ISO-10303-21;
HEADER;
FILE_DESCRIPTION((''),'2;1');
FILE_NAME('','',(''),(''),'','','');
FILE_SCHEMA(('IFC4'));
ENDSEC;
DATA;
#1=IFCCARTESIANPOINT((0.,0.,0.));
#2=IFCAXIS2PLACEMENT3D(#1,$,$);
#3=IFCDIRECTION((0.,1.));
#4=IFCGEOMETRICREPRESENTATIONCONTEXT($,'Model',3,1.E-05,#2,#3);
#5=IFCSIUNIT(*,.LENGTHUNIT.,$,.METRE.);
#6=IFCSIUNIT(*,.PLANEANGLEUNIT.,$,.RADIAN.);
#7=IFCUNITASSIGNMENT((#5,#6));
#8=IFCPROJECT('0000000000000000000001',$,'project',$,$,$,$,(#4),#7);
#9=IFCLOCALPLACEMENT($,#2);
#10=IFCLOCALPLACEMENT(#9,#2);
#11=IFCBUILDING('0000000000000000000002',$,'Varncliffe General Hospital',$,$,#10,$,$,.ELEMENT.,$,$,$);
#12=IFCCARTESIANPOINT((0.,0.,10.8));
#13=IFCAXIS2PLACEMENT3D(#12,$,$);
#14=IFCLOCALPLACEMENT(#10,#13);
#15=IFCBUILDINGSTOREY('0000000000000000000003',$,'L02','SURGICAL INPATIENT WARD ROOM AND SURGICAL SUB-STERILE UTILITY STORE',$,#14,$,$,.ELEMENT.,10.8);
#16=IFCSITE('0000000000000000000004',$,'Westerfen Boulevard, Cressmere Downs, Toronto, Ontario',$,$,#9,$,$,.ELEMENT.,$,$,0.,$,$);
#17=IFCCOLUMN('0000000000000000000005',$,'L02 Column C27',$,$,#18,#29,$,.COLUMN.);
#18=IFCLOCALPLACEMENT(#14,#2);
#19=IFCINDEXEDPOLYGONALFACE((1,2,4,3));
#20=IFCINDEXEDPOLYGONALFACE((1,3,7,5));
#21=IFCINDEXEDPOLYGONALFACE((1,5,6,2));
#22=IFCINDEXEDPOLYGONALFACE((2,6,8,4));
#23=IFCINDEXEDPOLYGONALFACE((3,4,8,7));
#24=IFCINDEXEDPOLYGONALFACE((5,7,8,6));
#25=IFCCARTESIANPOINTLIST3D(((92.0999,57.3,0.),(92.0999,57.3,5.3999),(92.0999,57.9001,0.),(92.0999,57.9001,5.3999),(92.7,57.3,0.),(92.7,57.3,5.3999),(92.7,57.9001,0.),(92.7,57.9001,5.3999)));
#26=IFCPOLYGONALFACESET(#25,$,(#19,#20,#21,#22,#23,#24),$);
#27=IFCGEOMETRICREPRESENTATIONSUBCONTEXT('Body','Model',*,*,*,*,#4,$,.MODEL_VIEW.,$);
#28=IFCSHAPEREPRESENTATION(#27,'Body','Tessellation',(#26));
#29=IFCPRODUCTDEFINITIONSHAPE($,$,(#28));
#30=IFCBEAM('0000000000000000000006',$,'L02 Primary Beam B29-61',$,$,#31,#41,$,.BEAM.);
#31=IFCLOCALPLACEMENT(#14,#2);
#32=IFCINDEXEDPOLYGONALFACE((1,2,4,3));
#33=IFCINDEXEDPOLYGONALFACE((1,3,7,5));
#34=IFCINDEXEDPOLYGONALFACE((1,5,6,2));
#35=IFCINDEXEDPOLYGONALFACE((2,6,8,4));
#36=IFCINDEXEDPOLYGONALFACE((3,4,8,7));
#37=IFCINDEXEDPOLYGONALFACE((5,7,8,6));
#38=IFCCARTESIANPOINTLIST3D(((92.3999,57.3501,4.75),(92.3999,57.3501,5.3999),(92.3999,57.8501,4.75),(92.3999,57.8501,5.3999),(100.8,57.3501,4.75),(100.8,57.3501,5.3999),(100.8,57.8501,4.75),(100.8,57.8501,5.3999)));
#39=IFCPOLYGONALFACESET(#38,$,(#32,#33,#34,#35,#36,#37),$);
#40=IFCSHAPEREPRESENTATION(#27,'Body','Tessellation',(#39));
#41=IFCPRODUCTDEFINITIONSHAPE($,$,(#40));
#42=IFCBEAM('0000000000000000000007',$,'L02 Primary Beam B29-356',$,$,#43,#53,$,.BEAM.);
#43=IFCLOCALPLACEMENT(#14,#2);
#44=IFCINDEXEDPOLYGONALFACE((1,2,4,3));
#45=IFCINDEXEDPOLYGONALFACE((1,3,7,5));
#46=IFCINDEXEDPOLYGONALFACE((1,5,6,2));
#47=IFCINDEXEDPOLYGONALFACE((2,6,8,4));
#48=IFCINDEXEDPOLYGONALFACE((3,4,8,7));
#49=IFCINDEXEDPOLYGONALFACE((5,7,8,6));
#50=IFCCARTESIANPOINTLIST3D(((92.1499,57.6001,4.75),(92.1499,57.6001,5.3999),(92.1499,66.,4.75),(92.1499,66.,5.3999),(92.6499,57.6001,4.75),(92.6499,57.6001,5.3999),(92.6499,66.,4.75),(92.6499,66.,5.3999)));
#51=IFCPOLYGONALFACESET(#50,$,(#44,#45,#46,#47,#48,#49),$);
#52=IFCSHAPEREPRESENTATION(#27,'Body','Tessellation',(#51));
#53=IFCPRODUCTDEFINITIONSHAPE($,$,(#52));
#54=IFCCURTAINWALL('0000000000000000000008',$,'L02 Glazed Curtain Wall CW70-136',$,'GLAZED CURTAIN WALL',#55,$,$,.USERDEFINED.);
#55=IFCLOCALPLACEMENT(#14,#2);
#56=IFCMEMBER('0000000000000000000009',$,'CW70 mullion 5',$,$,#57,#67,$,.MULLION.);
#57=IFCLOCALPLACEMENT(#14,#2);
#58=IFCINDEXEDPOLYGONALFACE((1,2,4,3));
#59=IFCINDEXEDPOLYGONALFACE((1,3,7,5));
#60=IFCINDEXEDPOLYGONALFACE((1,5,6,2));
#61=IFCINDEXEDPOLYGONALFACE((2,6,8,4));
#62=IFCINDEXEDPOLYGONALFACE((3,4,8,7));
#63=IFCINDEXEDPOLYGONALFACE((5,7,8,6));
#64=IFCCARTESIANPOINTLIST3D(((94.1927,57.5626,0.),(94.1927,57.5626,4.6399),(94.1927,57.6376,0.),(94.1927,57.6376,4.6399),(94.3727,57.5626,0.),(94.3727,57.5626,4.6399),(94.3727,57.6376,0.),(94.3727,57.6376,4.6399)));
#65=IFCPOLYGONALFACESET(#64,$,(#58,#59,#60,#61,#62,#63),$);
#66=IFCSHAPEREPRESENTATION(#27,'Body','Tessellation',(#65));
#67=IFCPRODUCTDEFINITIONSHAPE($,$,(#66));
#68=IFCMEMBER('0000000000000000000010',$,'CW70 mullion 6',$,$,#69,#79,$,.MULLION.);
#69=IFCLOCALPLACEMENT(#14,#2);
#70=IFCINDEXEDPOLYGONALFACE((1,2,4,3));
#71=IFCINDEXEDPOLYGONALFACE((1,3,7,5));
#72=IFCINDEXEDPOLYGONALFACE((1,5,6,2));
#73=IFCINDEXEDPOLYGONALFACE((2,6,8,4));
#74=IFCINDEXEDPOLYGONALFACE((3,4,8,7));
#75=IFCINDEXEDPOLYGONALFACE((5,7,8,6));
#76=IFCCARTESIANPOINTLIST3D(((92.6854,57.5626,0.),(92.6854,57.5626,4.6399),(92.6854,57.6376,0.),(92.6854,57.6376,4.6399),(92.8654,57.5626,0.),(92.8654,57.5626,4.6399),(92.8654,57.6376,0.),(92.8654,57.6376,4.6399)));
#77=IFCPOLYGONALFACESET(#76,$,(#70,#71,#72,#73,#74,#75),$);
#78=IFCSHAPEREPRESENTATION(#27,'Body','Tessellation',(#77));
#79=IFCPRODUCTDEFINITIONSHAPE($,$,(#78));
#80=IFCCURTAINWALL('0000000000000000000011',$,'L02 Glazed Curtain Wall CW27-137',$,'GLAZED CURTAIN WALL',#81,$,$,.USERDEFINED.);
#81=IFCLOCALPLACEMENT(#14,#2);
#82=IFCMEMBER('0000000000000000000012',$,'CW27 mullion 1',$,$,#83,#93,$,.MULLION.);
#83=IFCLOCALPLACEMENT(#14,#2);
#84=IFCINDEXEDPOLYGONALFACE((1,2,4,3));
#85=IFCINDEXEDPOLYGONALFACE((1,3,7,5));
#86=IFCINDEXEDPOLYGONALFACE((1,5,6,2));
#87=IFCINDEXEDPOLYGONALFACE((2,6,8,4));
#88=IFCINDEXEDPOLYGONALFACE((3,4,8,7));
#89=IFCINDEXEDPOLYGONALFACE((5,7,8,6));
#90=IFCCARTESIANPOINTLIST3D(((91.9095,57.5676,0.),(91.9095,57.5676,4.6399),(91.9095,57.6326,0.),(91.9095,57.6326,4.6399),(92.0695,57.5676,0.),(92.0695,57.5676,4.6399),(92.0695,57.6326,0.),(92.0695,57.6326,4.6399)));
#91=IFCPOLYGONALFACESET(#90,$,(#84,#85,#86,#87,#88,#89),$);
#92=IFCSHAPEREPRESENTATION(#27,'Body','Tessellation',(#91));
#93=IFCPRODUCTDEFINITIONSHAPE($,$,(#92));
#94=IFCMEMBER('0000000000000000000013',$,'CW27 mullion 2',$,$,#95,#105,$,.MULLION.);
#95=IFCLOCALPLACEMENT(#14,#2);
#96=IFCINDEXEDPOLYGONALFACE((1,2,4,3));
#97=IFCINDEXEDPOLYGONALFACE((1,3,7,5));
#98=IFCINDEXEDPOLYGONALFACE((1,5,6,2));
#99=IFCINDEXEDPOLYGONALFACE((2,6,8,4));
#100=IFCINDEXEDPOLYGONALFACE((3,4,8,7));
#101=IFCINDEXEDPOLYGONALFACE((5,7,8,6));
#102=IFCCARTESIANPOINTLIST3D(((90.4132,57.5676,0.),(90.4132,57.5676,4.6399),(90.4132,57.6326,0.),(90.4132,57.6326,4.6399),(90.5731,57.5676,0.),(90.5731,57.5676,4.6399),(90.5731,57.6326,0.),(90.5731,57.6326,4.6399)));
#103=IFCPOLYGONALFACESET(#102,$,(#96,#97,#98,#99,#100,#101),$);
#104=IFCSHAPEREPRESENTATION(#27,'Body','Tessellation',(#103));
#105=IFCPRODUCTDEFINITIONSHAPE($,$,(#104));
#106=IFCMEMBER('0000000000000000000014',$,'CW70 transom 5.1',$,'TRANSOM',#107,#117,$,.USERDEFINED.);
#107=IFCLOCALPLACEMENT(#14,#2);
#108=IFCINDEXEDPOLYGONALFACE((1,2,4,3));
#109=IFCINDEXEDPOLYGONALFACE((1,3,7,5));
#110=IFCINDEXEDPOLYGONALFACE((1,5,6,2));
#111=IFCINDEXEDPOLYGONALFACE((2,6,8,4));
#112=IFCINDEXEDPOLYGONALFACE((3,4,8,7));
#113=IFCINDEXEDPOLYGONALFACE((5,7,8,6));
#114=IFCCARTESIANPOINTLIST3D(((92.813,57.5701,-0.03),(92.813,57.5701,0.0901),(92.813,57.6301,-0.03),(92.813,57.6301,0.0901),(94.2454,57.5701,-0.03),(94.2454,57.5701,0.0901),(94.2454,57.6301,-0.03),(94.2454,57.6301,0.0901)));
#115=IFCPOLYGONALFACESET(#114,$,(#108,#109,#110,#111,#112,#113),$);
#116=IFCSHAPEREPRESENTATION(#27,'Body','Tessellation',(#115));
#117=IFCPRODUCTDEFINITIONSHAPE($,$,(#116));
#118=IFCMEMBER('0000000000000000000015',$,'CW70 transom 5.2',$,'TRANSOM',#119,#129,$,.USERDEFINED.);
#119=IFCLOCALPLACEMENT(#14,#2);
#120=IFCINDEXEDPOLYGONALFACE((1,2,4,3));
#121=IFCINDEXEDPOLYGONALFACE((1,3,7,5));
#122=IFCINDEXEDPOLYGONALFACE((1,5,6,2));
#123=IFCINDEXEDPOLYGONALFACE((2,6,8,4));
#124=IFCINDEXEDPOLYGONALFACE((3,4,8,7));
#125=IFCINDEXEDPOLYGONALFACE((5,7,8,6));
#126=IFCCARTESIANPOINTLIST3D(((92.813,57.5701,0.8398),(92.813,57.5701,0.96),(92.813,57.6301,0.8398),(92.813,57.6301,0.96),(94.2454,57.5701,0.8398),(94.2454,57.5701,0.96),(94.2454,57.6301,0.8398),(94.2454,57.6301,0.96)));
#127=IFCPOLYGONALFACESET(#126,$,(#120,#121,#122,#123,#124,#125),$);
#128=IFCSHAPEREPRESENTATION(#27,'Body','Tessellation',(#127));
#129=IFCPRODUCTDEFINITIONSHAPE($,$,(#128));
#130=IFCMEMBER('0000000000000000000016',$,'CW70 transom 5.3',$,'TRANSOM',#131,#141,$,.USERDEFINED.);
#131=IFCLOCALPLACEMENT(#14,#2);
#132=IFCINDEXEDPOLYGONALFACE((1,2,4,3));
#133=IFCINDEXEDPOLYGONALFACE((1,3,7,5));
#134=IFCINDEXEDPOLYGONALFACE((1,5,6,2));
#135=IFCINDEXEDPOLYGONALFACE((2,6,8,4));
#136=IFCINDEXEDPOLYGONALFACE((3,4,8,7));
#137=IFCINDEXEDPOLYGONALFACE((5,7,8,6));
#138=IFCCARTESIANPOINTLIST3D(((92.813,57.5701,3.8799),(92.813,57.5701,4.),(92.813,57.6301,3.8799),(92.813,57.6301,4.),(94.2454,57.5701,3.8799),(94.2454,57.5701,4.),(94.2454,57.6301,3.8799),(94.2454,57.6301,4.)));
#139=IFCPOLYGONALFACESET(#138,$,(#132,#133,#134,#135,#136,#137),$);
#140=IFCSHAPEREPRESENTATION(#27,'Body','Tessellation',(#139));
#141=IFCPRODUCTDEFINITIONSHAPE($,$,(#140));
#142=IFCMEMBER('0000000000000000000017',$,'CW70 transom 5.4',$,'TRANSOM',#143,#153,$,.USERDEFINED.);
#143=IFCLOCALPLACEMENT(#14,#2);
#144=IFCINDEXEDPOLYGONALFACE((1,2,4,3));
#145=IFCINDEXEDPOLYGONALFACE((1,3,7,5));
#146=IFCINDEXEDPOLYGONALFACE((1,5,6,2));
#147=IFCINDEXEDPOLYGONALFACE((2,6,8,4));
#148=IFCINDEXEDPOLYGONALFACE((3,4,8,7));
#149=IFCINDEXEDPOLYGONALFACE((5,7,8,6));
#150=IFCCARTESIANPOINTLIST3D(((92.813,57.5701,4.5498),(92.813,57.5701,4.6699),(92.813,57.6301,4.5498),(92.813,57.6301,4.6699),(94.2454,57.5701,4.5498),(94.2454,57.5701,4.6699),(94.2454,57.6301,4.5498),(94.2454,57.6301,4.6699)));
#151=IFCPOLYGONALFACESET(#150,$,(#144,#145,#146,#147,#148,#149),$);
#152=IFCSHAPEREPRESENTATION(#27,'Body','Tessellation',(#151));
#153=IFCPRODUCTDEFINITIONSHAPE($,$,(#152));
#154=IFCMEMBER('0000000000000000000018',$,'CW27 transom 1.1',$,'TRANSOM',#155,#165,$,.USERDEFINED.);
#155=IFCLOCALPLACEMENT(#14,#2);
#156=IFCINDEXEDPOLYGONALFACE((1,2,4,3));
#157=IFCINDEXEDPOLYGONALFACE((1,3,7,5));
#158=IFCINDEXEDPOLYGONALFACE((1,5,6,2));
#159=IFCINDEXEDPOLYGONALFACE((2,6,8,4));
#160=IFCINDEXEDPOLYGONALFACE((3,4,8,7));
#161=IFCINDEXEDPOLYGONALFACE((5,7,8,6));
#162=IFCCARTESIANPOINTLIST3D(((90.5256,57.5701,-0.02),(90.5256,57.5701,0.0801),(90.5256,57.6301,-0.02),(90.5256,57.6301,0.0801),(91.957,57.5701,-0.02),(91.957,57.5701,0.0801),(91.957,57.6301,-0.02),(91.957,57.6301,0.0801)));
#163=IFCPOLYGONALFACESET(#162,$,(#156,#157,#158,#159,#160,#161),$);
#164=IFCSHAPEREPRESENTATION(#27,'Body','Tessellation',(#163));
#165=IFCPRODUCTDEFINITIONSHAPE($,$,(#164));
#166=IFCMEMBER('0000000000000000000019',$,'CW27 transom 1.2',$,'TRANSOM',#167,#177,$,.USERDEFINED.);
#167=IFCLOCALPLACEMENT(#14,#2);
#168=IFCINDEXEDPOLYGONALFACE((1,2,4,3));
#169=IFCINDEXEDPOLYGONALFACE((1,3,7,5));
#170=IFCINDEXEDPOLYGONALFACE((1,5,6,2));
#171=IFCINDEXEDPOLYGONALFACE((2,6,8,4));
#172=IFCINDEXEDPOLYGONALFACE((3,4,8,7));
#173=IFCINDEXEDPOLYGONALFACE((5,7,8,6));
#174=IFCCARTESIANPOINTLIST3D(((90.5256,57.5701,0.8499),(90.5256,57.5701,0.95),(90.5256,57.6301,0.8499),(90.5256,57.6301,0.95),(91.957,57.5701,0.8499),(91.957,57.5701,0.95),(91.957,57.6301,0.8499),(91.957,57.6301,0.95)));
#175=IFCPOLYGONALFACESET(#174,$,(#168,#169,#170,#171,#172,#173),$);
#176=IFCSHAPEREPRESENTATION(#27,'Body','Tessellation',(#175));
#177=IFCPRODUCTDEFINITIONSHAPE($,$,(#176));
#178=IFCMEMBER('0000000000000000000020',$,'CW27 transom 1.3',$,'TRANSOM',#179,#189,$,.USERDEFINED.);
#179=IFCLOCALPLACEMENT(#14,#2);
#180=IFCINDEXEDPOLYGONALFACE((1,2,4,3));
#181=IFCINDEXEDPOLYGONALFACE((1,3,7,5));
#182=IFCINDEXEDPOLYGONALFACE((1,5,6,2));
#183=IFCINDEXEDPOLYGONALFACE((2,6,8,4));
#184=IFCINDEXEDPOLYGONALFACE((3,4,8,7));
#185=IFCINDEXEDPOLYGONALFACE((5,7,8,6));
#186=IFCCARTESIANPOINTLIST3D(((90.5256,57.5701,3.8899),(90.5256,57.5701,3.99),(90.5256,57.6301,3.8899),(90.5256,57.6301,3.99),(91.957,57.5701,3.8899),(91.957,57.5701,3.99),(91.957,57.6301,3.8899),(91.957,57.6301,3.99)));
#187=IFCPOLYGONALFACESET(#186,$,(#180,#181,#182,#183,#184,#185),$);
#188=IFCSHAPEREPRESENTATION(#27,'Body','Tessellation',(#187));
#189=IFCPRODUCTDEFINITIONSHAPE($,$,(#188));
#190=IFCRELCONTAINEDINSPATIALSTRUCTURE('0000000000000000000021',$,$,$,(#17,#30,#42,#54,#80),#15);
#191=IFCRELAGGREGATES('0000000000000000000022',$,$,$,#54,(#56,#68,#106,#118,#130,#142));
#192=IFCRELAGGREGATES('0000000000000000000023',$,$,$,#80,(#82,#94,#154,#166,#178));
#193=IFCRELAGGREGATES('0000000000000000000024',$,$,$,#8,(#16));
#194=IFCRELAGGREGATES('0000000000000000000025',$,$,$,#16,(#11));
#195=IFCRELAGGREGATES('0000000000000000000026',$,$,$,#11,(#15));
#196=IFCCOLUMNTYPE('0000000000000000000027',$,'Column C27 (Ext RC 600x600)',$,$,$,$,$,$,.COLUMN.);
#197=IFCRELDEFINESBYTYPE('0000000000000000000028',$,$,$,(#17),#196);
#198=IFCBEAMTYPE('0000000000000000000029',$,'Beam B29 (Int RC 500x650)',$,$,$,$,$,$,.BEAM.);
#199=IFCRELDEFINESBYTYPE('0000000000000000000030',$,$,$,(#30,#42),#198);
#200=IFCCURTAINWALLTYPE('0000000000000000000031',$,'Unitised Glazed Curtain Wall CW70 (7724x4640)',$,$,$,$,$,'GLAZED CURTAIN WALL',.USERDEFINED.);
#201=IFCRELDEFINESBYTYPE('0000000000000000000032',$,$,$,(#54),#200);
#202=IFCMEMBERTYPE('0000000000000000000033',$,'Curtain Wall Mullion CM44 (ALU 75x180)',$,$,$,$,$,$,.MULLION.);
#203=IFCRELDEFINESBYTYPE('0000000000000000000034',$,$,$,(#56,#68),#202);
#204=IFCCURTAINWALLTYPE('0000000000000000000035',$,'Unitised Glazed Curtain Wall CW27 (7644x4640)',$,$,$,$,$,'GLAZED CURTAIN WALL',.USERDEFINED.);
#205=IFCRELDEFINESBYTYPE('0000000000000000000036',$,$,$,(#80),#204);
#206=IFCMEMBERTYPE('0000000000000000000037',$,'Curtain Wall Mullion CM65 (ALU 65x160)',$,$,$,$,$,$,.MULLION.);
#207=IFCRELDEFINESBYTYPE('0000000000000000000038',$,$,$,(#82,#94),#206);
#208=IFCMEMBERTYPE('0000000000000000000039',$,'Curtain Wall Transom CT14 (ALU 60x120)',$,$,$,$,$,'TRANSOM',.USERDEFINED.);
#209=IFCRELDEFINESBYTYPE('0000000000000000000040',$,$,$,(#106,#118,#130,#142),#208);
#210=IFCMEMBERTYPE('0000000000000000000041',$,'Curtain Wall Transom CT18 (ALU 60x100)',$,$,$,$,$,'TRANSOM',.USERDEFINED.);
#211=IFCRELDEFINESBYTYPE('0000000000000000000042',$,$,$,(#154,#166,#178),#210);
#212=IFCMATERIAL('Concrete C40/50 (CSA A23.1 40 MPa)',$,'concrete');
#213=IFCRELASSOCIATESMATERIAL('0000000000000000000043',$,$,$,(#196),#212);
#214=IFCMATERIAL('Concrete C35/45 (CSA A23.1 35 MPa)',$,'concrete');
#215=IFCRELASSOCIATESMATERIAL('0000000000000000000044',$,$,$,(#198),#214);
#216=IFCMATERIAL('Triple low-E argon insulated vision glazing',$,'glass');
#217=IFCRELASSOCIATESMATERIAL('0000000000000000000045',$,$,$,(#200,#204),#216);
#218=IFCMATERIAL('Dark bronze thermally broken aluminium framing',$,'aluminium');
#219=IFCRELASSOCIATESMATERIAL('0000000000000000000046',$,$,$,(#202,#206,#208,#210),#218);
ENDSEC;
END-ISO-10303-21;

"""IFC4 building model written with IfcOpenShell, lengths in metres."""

from ifc_helpers import new_model, si_unit, direction, frame, origin, origin_2d, place, context, subcontext, project, spatial, rectangle, extrude, material, material_profile, profile_set, type_object, element, aggregate, save


model = new_model("IFC4")

# Units and contexts
model_context = context("Model", 3, precision=1e-05, world=origin(), true_north=direction((0.0, 1.0)))
body_context = subcontext(model_context, "Body", "Model", "MODEL_VIEW")
ifc_project = project(units=[si_unit("LENGTHUNIT", "METRE"), si_unit("PLANEANGLEUNIT", "RADIAN")], contexts=[model_context])

# Site, building, storey
site_placement = place(None, origin())
site = spatial("IfcSite", under=ifc_project, at=site_placement, Name="Westerfen Boulevard, Cressmere Downs, Toronto, Ontario", CompositionType="ELEMENT", RefElevation=0.0)
building_placement = place(site_placement, origin())
building = spatial("IfcBuilding", under=site, at=building_placement, Name="Varncliffe General Hospital", CompositionType="ELEMENT")
storey_placement = place(building_placement, frame((0.0, 0.0, 10.8)))
storey = spatial("IfcBuildingStorey", under=building, at=storey_placement, Name="L02", Description="SURGICAL INPATIENT WARD ROOM AND SURGICAL SUB-STERILE UTILITY STORE", CompositionType="ELEMENT", Elevation=10.8)

# Column
ifc_material_1 = material(Name="Concrete C40/50 (CSA A23.1 40 MPa)", Category="concrete")
ifc_material_profile_1 = material_profile(ifc_material_1, rectangle(XDim=0.6001, YDim=0.6001, at=origin_2d()), Name="RC 600x600")
ifc_profile_set_1 = profile_set([ifc_material_profile_1], Name="Concrete C40/50 (CSA A23.1 40 MPa)")
column_type = type_object("IfcColumnType", Name="Column C27 (Ext RC 600x600)", PredefinedType="COLUMN", material=ifc_profile_set_1)
column_placement = place(storey_placement, frame((92.3999, 57.6001, 0.0), z_axis=(0.0, 0.0, 1.0), x_axis=(1.0, 0.0, 0.0)))
element("IfcColumn", 1, at=column_placement, inside=storey, type_object=column_type, Name="L02 Column C27", PredefinedType="COLUMN", context=body_context, shape_type="SweptSolid", body=[
    extrude(rectangle(XDim=0.6001, YDim=0.6001, at=origin_2d()), origin(), (0.0, 0.0, 1.0), 5.3999),
])

# Beams
ifc_material_2 = material(Name="Concrete C35/45 (CSA A23.1 35 MPa)", Category="concrete")
ifc_material_profile_2 = material_profile(ifc_material_2, rectangle(XDim=0.5, YDim=0.6499, at=origin_2d()), Name="RC 500x650")
ifc_profile_set_2 = profile_set([ifc_material_profile_2], Name="Concrete C35/45 (CSA A23.1 35 MPa)")
beam_type = type_object("IfcBeamType", Name="Beam B29 (Int RC 500x650)", PredefinedType="BEAM", material=ifc_profile_set_2)
beam_1_placement = place(storey_placement, frame((92.3999, 57.6001, 5.075), z_axis=(1.0, 0.0, 0.0), x_axis=(0.0, 1.0, 0.0)))
element("IfcBeam", 2, at=beam_1_placement, inside=storey, type_object=beam_type, Name="L02 Primary Beam B29-61", PredefinedType="BEAM", context=body_context, shape_type="SweptSolid", body=[
    extrude(rectangle(XDim=0.5, YDim=0.6499, at=origin_2d()), origin(), (0.0, 0.0, 1.0), 8.4001),
])
beam_2_placement = place(storey_placement, frame((92.3999, 57.6001, 5.075), z_axis=(0.0, 1.0, 0.0), x_axis=(-1.0, 0.0, 0.0)))
element("IfcBeam", 3, at=beam_2_placement, inside=storey, type_object=beam_type, Name="L02 Primary Beam B29-356", PredefinedType="BEAM", context=body_context, shape_type="SweptSolid", body=[
    extrude(rectangle(XDim=0.5, YDim=0.6499, at=origin_2d()), origin(), (0.0, 0.0, 1.0), 8.3999),
])

# Curtain walls, members
ifc_material_3 = material(Name="Triple low-E argon insulated vision glazing", Category="glass")
curtain_wall_type_1 = type_object("IfcCurtainWallType", Name="Unitised Glazed Curtain Wall CW70 (7724x4640)", ElementType="GLAZED CURTAIN WALL", PredefinedType="USERDEFINED", material=ifc_material_3)
curtain_wall_1_placement = place(storey_placement, origin())
curtain_wall_1 = element("IfcCurtainWall", 4, at=curtain_wall_1_placement, inside=storey, type_object=curtain_wall_type_1, Name="L02 Glazed Curtain Wall CW70-136", ObjectType="GLAZED CURTAIN WALL", PredefinedType="USERDEFINED")
ifc_material_4 = material(Name="Dark bronze thermally broken aluminium framing", Category="aluminium")
ifc_material_profile_3 = material_profile(ifc_material_4, rectangle(XDim=0.075, YDim=0.1799, at=origin_2d()), Name="ALU 75x180")
ifc_profile_set_3 = profile_set([ifc_material_profile_3], Name="Dark bronze thermally broken aluminium framing")
member_type_1 = type_object("IfcMemberType", Name="Curtain Wall Mullion CM44 (ALU 75x180)", PredefinedType="MULLION", material=ifc_profile_set_3)
member_1_placement = place(storey_placement, frame((94.2827, 57.6001, 0.0), z_axis=(0.0, 0.0, 1.0), x_axis=(0.0, -1.0, 0.0)))
member_1 = element("IfcMember", 5, at=member_1_placement, type_object=member_type_1, Name="CW70 mullion 5", PredefinedType="MULLION", context=body_context, shape_type="SweptSolid", body=[
    extrude(rectangle(XDim=0.075, YDim=0.1799, at=origin_2d()), origin(), (0.0, 0.0, 1.0), 4.6399),
])
member_2_placement = place(storey_placement, frame((92.7754, 57.6001, 0.0), z_axis=(0.0, 0.0, 1.0), x_axis=(0.0, -1.0, 0.0)))
member_2 = element("IfcMember", 6, at=member_2_placement, type_object=member_type_1, Name="CW70 mullion 6", PredefinedType="MULLION", context=body_context, shape_type="SweptSolid", body=[
    extrude(rectangle(XDim=0.075, YDim=0.1799, at=origin_2d()), origin(), (0.0, 0.0, 1.0), 4.6399),
])
curtain_wall_type_2 = type_object("IfcCurtainWallType", Name="Unitised Glazed Curtain Wall CW27 (7644x4640)", ElementType="GLAZED CURTAIN WALL", PredefinedType="USERDEFINED", material=ifc_material_3)
curtain_wall_2_placement = place(storey_placement, origin())
curtain_wall_2 = element("IfcCurtainWall", 7, at=curtain_wall_2_placement, inside=storey, type_object=curtain_wall_type_2, Name="L02 Glazed Curtain Wall CW27-137", ObjectType="GLAZED CURTAIN WALL", PredefinedType="USERDEFINED")
ifc_material_profile_4 = material_profile(ifc_material_4, rectangle(XDim=0.0649, YDim=0.1599, at=origin_2d()), Name="ALU 65x160")
ifc_profile_set_4 = profile_set([ifc_material_profile_4], Name="Dark bronze thermally broken aluminium framing")
member_type_2 = type_object("IfcMemberType", Name="Curtain Wall Mullion CM65 (ALU 65x160)", PredefinedType="MULLION", material=ifc_profile_set_4)
member_3_placement = place(storey_placement, frame((91.9895, 57.6001, 0.0), z_axis=(0.0, 0.0, 1.0), x_axis=(0.0, -1.0, 0.0)))
member_3 = element("IfcMember", 8, at=member_3_placement, type_object=member_type_2, Name="CW27 mullion 1", PredefinedType="MULLION", context=body_context, shape_type="SweptSolid", body=[
    extrude(rectangle(XDim=0.0649, YDim=0.1599, at=origin_2d()), origin(), (0.0, 0.0, 1.0), 4.6399),
])
member_4_placement = place(storey_placement, frame((90.4932, 57.6001, 0.0), z_axis=(0.0, 0.0, 1.0), x_axis=(0.0, -1.0, 0.0)))
member_4 = element("IfcMember", 9, at=member_4_placement, type_object=member_type_2, Name="CW27 mullion 2", PredefinedType="MULLION", context=body_context, shape_type="SweptSolid", body=[
    extrude(rectangle(XDim=0.0649, YDim=0.1599, at=origin_2d()), origin(), (0.0, 0.0, 1.0), 4.6399),
])

# Members
ifc_material_profile_5 = material_profile(ifc_material_4, rectangle(XDim=0.0601, YDim=0.1201, at=origin_2d()), Name="ALU 60x120")
ifc_profile_set_5 = profile_set([ifc_material_profile_5], Name="Dark bronze thermally broken aluminium framing")
member_type_3 = type_object("IfcMemberType", Name="Curtain Wall Transom CT14 (ALU 60x120)", ElementType="TRANSOM", PredefinedType="USERDEFINED", material=ifc_profile_set_5)
member_5_placement = place(storey_placement, frame((94.2454, 57.6001, 0.03), z_axis=(-1.0, 0.0, 0.0), x_axis=(0.0, -1.0, 0.0)))
member_5 = element("IfcMember", 10, at=member_5_placement, type_object=member_type_3, Name="CW70 transom 5.1", ObjectType="TRANSOM", PredefinedType="USERDEFINED", context=body_context, shape_type="SweptSolid", body=[
    extrude(rectangle(XDim=0.0601, YDim=0.1201, at=origin_2d()), origin(), (0.0, 0.0, 1.0), 1.4324),
])
member_6_placement = place(storey_placement, frame((94.2454, 57.6001, 0.8999), z_axis=(-1.0, 0.0, 0.0), x_axis=(0.0, -1.0, 0.0)))
member_6 = element("IfcMember", 11, at=member_6_placement, type_object=member_type_3, Name="CW70 transom 5.2", ObjectType="TRANSOM", PredefinedType="USERDEFINED", context=body_context, shape_type="SweptSolid", body=[
    extrude(rectangle(XDim=0.0601, YDim=0.1201, at=origin_2d()), origin(), (0.0, 0.0, 1.0), 1.4324),
])
member_7_placement = place(storey_placement, frame((94.2454, 57.6001, 3.9399), z_axis=(-1.0, 0.0, 0.0), x_axis=(0.0, -1.0, 0.0)))
member_7 = element("IfcMember", 12, at=member_7_placement, type_object=member_type_3, Name="CW70 transom 5.3", ObjectType="TRANSOM", PredefinedType="USERDEFINED", context=body_context, shape_type="SweptSolid", body=[
    extrude(rectangle(XDim=0.0601, YDim=0.1201, at=origin_2d()), origin(), (0.0, 0.0, 1.0), 1.4324),
])
member_8_placement = place(storey_placement, frame((94.2454, 57.6001, 4.6099), z_axis=(-1.0, 0.0, 0.0), x_axis=(0.0, -1.0, 0.0)))
member_8 = element("IfcMember", 13, at=member_8_placement, type_object=member_type_3, Name="CW70 transom 5.4", ObjectType="TRANSOM", PredefinedType="USERDEFINED", context=body_context, shape_type="SweptSolid", body=[
    extrude(rectangle(XDim=0.0601, YDim=0.1201, at=origin_2d()), origin(), (0.0, 0.0, 1.0), 1.4324),
])
ifc_material_profile_6 = material_profile(ifc_material_4, rectangle(XDim=0.0601, YDim=0.1001, at=origin_2d()), Name="ALU 60x100")
ifc_profile_set_6 = profile_set([ifc_material_profile_6], Name="Dark bronze thermally broken aluminium framing")
member_type_4 = type_object("IfcMemberType", Name="Curtain Wall Transom CT18 (ALU 60x100)", ElementType="TRANSOM", PredefinedType="USERDEFINED", material=ifc_profile_set_6)
member_9_placement = place(storey_placement, frame((91.957, 57.6001, 0.03), z_axis=(-1.0, 0.0, 0.0), x_axis=(0.0, -1.0, 0.0)))
member_9 = element("IfcMember", 14, at=member_9_placement, type_object=member_type_4, Name="CW27 transom 1.1", ObjectType="TRANSOM", PredefinedType="USERDEFINED", context=body_context, shape_type="SweptSolid", body=[
    extrude(rectangle(XDim=0.0601, YDim=0.1001, at=origin_2d()), origin(), (0.0, 0.0, 1.0), 1.4314),
])
member_10_placement = place(storey_placement, frame((91.957, 57.6001, 0.8999), z_axis=(-1.0, 0.0, 0.0), x_axis=(0.0, -1.0, 0.0)))
member_10 = element("IfcMember", 15, at=member_10_placement, type_object=member_type_4, Name="CW27 transom 1.2", ObjectType="TRANSOM", PredefinedType="USERDEFINED", context=body_context, shape_type="SweptSolid", body=[
    extrude(rectangle(XDim=0.0601, YDim=0.1001, at=origin_2d()), origin(), (0.0, 0.0, 1.0), 1.4314),
])
member_11_placement = place(storey_placement, frame((91.957, 57.6001, 3.9399), z_axis=(-1.0, 0.0, 0.0), x_axis=(0.0, -1.0, 0.0)))
member_11 = element("IfcMember", 16, at=member_11_placement, type_object=member_type_4, Name="CW27 transom 1.3", ObjectType="TRANSOM", PredefinedType="USERDEFINED", context=body_context, shape_type="SweptSolid", body=[
    extrude(rectangle(XDim=0.0601, YDim=0.1001, at=origin_2d()), origin(), (0.0, 0.0, 1.0), 1.4314),
])

aggregate(curtain_wall_1, [member_1, member_2, member_5, member_6, member_7, member_8])
aggregate(curtain_wall_2, [member_3, member_4, member_9, member_10, member_11])

save(model, "model.ifc")
